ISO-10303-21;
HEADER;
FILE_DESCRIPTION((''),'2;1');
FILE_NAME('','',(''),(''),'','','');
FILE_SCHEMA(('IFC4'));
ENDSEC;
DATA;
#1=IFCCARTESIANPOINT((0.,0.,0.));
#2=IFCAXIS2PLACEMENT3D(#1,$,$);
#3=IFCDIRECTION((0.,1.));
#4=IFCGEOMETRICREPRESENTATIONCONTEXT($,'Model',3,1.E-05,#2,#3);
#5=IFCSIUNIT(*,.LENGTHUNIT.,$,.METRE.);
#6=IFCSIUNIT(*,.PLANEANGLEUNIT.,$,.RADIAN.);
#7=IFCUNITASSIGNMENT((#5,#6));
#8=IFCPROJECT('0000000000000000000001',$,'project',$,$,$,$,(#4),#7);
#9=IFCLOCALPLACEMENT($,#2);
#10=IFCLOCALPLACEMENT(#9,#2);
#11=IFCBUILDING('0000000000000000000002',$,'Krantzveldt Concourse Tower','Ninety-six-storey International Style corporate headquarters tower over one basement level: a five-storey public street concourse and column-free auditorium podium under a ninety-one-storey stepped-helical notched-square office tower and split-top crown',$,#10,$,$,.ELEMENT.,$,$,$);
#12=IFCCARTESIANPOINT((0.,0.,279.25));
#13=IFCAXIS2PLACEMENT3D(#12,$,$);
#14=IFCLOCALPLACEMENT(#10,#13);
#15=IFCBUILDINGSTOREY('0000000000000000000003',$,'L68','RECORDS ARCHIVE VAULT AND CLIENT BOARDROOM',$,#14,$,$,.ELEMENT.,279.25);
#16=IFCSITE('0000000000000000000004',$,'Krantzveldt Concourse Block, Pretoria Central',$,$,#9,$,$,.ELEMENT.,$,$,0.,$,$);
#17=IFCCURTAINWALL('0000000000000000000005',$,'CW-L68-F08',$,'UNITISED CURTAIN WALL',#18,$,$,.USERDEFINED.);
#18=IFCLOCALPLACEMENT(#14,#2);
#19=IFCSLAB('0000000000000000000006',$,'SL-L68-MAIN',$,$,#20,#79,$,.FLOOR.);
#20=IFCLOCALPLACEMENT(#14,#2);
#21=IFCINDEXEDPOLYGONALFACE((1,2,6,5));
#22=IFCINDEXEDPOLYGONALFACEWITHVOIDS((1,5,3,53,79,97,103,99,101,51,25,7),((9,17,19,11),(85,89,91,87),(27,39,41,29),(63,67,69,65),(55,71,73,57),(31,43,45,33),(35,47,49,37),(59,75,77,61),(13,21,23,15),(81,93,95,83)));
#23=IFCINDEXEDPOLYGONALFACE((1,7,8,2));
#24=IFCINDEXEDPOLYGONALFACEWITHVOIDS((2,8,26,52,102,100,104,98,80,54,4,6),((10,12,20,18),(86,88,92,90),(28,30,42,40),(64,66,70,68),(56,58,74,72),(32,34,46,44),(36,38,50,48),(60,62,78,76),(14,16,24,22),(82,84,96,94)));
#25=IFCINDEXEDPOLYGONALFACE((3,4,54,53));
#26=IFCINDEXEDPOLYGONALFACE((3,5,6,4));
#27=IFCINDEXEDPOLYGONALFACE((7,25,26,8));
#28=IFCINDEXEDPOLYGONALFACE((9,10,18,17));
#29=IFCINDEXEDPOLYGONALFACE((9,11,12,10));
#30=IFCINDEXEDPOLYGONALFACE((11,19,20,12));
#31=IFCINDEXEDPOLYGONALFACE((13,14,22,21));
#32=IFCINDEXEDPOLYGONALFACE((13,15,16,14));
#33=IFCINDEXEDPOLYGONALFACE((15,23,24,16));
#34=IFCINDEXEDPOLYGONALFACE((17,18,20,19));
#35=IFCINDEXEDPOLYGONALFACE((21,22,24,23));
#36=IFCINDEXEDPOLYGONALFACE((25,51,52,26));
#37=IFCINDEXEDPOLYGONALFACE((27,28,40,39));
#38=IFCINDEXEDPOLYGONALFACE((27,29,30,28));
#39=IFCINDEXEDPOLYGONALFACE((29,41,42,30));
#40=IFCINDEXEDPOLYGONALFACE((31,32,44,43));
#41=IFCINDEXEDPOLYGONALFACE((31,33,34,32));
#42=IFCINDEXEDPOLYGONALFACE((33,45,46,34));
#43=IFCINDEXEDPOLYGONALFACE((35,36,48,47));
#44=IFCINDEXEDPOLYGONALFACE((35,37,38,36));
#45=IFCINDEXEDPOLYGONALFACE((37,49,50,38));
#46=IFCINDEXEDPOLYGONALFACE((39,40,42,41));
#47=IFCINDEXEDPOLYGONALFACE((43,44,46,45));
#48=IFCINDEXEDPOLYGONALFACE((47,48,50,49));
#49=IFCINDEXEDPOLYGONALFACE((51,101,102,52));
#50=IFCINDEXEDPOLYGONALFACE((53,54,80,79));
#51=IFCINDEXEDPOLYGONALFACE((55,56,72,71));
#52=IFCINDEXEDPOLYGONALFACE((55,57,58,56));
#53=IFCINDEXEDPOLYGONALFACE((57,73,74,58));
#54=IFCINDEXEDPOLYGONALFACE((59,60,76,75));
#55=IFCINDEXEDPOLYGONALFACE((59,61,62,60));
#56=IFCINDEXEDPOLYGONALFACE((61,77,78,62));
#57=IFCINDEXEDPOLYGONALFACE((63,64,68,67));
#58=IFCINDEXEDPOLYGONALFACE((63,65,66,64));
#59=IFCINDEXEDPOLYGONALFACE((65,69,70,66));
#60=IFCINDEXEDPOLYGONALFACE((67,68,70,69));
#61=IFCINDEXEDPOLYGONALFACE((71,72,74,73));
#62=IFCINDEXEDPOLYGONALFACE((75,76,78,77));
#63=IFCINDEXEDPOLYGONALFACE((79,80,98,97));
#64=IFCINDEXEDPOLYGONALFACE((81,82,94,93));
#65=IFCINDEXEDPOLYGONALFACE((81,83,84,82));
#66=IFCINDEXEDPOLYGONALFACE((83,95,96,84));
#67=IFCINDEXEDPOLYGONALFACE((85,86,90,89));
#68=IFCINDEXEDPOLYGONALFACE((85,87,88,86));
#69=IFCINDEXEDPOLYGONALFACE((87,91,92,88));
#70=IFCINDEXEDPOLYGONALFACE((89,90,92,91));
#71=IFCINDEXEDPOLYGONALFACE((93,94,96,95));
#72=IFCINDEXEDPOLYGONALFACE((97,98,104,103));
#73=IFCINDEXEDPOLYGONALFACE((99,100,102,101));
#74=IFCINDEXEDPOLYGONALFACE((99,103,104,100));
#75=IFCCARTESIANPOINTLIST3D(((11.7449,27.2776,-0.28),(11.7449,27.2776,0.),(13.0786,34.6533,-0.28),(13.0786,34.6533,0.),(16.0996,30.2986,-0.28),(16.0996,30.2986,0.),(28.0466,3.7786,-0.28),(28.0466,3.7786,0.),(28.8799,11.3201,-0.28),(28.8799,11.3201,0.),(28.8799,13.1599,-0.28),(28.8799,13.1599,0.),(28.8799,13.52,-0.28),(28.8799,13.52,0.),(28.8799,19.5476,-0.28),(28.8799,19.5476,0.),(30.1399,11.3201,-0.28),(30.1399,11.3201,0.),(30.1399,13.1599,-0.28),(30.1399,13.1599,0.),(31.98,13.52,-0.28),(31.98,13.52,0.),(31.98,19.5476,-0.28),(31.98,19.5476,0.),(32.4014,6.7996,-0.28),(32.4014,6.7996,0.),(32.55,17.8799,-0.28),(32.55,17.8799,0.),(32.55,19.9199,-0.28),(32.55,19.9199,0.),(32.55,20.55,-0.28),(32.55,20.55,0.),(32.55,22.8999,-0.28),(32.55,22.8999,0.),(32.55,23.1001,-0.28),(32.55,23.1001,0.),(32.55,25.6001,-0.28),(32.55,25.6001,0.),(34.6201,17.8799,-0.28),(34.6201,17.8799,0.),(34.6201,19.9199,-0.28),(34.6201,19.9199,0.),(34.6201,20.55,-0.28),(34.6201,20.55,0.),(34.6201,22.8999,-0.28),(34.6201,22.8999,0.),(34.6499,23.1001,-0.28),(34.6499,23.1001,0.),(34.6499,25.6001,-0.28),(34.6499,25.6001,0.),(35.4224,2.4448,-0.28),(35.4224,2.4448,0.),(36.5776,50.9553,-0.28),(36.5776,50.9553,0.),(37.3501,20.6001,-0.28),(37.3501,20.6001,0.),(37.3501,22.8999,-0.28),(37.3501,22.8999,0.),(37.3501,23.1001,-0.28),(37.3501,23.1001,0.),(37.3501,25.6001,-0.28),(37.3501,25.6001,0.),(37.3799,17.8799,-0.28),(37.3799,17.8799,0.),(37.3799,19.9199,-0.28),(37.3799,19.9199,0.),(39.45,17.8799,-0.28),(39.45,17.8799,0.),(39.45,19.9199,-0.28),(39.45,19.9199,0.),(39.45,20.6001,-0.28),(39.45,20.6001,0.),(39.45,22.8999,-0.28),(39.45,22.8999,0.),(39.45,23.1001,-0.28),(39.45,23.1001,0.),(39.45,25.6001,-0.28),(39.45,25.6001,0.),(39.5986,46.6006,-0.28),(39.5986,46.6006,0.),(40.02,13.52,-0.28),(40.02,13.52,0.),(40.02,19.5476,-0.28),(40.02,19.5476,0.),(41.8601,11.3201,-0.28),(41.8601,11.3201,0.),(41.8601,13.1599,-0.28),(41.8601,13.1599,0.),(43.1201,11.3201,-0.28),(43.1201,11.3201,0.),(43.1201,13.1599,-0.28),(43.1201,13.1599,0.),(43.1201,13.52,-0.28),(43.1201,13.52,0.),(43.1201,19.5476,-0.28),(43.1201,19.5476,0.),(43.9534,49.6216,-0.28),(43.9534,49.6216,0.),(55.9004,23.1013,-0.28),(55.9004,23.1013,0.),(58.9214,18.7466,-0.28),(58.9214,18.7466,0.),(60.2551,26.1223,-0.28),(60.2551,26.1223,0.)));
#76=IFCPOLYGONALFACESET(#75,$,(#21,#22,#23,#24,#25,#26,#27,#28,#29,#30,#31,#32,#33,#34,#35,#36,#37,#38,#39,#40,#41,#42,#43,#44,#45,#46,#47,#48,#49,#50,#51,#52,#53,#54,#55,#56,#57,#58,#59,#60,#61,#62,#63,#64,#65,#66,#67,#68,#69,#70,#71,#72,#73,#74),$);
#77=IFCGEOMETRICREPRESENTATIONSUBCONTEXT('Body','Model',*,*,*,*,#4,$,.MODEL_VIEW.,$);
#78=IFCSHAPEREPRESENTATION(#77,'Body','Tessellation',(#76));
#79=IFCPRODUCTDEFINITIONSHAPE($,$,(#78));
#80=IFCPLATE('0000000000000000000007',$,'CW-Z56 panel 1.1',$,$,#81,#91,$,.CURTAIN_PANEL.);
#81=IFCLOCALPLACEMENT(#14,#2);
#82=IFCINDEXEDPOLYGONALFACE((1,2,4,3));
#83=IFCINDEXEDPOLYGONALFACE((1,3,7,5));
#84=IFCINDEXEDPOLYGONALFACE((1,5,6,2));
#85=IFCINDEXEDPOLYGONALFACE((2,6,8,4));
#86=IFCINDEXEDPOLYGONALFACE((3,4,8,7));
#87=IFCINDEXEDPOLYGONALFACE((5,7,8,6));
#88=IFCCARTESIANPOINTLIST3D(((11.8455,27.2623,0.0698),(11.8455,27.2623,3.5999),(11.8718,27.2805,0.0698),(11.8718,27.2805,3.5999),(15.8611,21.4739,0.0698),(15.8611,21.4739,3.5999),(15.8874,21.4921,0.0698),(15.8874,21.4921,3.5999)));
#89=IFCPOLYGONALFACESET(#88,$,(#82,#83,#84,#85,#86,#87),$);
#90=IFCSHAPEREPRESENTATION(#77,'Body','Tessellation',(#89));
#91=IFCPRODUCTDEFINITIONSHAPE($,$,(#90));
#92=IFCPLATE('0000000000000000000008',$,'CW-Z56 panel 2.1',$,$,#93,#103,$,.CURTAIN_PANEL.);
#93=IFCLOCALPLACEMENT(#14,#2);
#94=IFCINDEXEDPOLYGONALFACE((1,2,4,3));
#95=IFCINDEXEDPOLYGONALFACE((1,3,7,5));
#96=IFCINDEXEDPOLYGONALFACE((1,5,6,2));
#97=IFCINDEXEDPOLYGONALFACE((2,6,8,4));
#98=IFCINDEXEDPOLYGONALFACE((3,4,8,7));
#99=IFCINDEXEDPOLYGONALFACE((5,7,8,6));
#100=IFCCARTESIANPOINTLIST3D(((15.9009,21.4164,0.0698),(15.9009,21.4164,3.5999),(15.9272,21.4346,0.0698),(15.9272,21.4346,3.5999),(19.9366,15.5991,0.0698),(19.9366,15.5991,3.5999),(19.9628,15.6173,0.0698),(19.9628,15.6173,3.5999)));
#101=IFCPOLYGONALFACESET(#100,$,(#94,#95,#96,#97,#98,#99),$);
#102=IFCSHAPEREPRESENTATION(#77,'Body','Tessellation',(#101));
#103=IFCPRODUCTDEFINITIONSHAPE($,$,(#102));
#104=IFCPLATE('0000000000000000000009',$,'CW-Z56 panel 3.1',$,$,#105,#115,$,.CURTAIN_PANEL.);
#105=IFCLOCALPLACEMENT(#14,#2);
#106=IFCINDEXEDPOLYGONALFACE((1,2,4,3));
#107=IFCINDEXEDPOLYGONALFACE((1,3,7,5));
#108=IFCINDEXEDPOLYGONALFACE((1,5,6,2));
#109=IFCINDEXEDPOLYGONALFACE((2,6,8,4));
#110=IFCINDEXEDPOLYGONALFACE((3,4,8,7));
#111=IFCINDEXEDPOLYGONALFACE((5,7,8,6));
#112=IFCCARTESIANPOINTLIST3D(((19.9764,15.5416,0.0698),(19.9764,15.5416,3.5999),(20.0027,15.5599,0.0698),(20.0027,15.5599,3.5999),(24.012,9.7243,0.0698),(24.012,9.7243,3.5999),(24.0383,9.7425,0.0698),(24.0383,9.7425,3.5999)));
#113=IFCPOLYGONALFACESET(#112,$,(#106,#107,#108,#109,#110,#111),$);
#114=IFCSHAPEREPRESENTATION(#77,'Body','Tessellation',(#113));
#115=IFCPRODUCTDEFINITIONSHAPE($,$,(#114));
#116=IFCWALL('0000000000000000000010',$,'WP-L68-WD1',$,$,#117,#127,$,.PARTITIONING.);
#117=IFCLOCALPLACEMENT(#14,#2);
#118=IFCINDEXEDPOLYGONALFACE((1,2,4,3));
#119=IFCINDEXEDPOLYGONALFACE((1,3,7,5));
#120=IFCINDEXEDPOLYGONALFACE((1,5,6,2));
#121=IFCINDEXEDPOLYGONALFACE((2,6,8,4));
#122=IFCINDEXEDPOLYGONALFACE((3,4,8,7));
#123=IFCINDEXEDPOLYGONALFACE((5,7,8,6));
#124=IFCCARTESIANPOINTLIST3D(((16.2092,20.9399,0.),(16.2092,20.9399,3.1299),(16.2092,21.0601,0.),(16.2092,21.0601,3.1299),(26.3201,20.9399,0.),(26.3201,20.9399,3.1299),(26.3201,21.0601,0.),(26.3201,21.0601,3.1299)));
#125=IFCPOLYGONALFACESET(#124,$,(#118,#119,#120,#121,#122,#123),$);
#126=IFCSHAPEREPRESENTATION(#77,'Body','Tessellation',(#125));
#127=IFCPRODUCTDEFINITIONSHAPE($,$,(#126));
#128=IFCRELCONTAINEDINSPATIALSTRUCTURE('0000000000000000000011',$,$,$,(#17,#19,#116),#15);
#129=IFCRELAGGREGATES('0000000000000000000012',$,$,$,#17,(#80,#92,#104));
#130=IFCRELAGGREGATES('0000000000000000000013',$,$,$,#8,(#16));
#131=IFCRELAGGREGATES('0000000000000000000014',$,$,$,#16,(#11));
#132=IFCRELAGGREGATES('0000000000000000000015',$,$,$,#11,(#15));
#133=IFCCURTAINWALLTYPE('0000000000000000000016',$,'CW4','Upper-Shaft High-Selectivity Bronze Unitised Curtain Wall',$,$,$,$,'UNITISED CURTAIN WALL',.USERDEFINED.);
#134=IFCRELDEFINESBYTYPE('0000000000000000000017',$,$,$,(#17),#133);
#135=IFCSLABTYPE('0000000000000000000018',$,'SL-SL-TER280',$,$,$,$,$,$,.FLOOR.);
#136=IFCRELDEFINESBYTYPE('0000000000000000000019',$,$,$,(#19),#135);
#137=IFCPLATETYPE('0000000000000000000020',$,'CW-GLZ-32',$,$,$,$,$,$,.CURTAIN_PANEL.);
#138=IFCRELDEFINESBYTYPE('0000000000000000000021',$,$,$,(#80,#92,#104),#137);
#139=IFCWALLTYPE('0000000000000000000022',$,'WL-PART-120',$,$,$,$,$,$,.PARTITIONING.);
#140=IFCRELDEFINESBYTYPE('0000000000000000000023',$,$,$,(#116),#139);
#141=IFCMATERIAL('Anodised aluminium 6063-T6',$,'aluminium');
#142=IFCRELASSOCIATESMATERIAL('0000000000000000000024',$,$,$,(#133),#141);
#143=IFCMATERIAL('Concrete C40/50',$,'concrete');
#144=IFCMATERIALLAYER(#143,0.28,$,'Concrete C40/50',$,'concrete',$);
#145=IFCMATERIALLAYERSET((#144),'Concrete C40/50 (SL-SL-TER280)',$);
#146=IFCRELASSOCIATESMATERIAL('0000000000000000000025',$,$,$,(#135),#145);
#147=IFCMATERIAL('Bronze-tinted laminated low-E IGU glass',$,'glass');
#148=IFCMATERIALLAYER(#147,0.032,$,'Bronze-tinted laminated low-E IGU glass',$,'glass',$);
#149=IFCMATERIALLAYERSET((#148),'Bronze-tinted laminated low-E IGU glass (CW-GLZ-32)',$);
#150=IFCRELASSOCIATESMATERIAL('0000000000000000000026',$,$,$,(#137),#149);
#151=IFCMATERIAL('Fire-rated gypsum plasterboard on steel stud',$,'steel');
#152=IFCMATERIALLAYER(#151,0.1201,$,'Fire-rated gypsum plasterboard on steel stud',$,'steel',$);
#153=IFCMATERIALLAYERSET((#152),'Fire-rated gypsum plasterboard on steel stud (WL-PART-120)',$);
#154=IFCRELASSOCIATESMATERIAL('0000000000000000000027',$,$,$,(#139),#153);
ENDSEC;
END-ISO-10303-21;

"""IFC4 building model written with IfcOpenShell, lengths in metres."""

from ifc_helpers import new_model, si_unit, direction, frame, frame_2d, origin, origin_2d, place, context, subcontext, project, spatial, polyline, rectangle, outline, extrude, source, transform, mapped, material, layer, layer_set, type_object, type_shapes, element, aggregate, save


model = new_model("IFC4")

# Units and contexts
model_context = context("Model", 3, precision=1e-05, world=origin(), true_north=direction((0.0, 1.0)))
body_context = subcontext(model_context, "Body", "Model", "MODEL_VIEW")
ifc_project = project(units=[si_unit("LENGTHUNIT", "METRE"), si_unit("PLANEANGLEUNIT", "RADIAN")], contexts=[model_context])

# Site, building, storey
site_placement = place(None, origin())
site = spatial("IfcSite", under=ifc_project, at=site_placement, Name="Krantzveldt Concourse Block, Pretoria Central", CompositionType="ELEMENT", RefElevation=0.0)
building_placement = place(site_placement, origin())
building = spatial("IfcBuilding", under=site, at=building_placement, Name="Krantzveldt Concourse Tower", Description="Ninety-six-storey International Style corporate headquarters tower over one basement level: a five-storey public street concourse and column-free auditorium podium under a ninety-one-storey stepped-helical notched-square office tower and split-top crown", CompositionType="ELEMENT")
storey_placement = place(building_placement, frame((0.0, 0.0, 279.25)))
storey = spatial("IfcBuildingStorey", under=building, at=storey_placement, Name="L68", Description="RECORDS ARCHIVE VAULT AND CLIENT BOARDROOM", CompositionType="ELEMENT", Elevation=279.25)

# Curtain wall
ifc_material_1 = material(Name="Anodised aluminium 6063-T6", Category="aluminium")
curtain_wall_type = type_object("IfcCurtainWallType", Name="CW4", Description="Upper-Shaft High-Selectivity Bronze Unitised Curtain Wall", ElementType="UNITISED CURTAIN WALL", PredefinedType="USERDEFINED", material=ifc_material_1)
curtain_wall_placement = place(storey_placement, origin())
curtain_wall = element("IfcCurtainWall", 1, at=curtain_wall_placement, inside=storey, type_object=curtain_wall_type, Name="CW-L68-F08", ObjectType="UNITISED CURTAIN WALL", PredefinedType="USERDEFINED")

# Slab
ifc_material_2 = material(Name="Concrete C40/50", Category="concrete")
ifc_layer_1 = layer(ifc_material_2, 0.28, Name="Concrete C40/50", Category="concrete")
ifc_layer_set_1 = layer_set([ifc_layer_1], Name="Concrete C40/50 (SL-SL-TER280)")
slab_type_1 = type_object("IfcSlabType", Name="SL-SL-TER280", PredefinedType="FLOOR", material=ifc_layer_set_1)
slab_1_placement = place(storey_placement, frame((0.0, 0.0, -0.28)))
element("IfcSlab", 2, at=slab_1_placement, inside=storey, type_object=slab_type_1, Name="SL-L68-MAIN", PredefinedType="FLOOR", context=body_context, shape_type="SweptSolid", body=[
    extrude(outline(polyline([(39.5986, 46.6006), (36.5776, 50.9553), (13.0786, 34.6533), (16.0996, 30.2986), (11.7449, 27.2776), (28.0466, 3.7786), (32.4014, 6.7996), (35.4224, 2.4448), (58.9214, 18.7466), (55.9004, 23.1013), (60.2551, 26.1223), (43.9534, 49.6216), (39.5986, 46.6006)]), holes=[polyline([(28.8799, 19.5476), (28.8799, 13.52), (31.98, 13.52), (31.98, 19.5476), (28.8799, 19.5476)]), polyline([(40.02, 19.5476), (40.02, 13.52), (43.1201, 13.52), (43.1201, 19.5476), (40.02, 19.5476)]), polyline([(32.55, 23.1001), (34.6499, 23.1001), (34.6499, 25.6001), (32.55, 25.6001), (32.55, 23.1001)]), polyline([(37.3501, 23.1001), (39.45, 23.1001), (39.45, 25.6001), (37.3501, 25.6001), (37.3501, 23.1001)]), polyline([(37.3501, 20.6001), (39.45, 20.6001), (39.45, 22.8999), (37.3501, 22.8999), (37.3501, 20.6001)]), polyline([(32.55, 20.55), (34.6201, 20.55), (34.6201, 22.8999), (32.55, 22.8999), (32.55, 20.55)]), polyline([(32.55, 17.8799), (34.6201, 17.8799), (34.6201, 19.9199), (32.55, 19.9199), (32.55, 17.8799)]), polyline([(37.3799, 17.8799), (39.45, 17.8799), (39.45, 19.9199), (37.3799, 19.9199), (37.3799, 17.8799)]), polyline([(28.8799, 11.3201), (30.1399, 11.3201), (30.1399, 13.1599), (28.8799, 13.1599), (28.8799, 11.3201)]), polyline([(41.8601, 11.3201), (43.1201, 11.3201), (43.1201, 13.1599), (41.8601, 13.1599), (41.8601, 11.3201)])]), origin(), (0.0, 0.0, 1.0), 0.28),
])

# Plates
ifc_material_3 = material(Name="Bronze-tinted laminated low-E IGU glass", Category="glass")
ifc_layer_2 = layer(ifc_material_3, 0.032, Name="Bronze-tinted laminated low-E IGU glass", Category="glass")
ifc_layer_set_2 = layer_set([ifc_layer_2], Name="Bronze-tinted laminated low-E IGU glass (CW-GLZ-32)")
plate_type = type_object("IfcPlateType", Name="CW-GLZ-32", PredefinedType="CURTAIN_PANEL", material=ifc_layer_set_2)
shared_shape_1 = source(origin(), body_context, "Body", "SweptSolid", [
    extrude(rectangle(XDim=7.0449, YDim=0.032, at=origin_2d()), origin(), (0.0, 0.0, 1.0), 3.53),
])
plate_1_placement = place(storey_placement, frame((13.8665, 24.3772, 0.0698), z_axis=(0.0, 0.0, 1.0), x_axis=(0.569997, -0.821647, 0.0)))
plate_1 = element("IfcPlate", 3, at=plate_1_placement, type_object=plate_type, Name="CW-Z56 panel 1.1", PredefinedType="CURTAIN_PANEL", context=body_context, shape_type="MappedRepresentation", body=[
    mapped(shared_shape_1, transform((0.0, 0.0, 0.0), x_axis=(1.0, 0.0, 0.0), y_axis=(0.0, 1.0, 0.0), z_axis=(0.0, 0.0, 1.0), scale=1.0)),
])
shared_shape_2 = source(origin(), body_context, "Body", "SweptSolid", [
    extrude(rectangle(XDim=7.0801, YDim=0.032, at=origin_2d()), origin(), (0.0, 0.0, 1.0), 3.53),
])
type_shapes(plate_type, [shared_shape_1, shared_shape_2])
plate_2_placement = place(storey_placement, frame((17.9319, 18.5168, 0.0698), z_axis=(0.0, 0.0, 1.0), x_axis=(0.569997, -0.821647, 0.0)))
plate_2 = element("IfcPlate", 4, at=plate_2_placement, type_object=plate_type, Name="CW-Z56 panel 2.1", PredefinedType="CURTAIN_PANEL", context=body_context, shape_type="MappedRepresentation", body=[
    mapped(shared_shape_2, transform((0.0, 0.0, 0.0), x_axis=(1.0, 0.0, 0.0), y_axis=(0.0, 1.0, 0.0), z_axis=(0.0, 0.0, 1.0), scale=1.0)),
])
plate_3_placement = place(storey_placement, frame((22.0073, 12.6421, 0.0698), z_axis=(0.0, 0.0, 1.0), x_axis=(0.569997, -0.821647, 0.0)))
plate_3 = element("IfcPlate", 5, at=plate_3_placement, type_object=plate_type, Name="CW-Z56 panel 3.1", PredefinedType="CURTAIN_PANEL", context=body_context, shape_type="MappedRepresentation", body=[
    mapped(shared_shape_2, transform((0.0, 0.0, 0.0), x_axis=(1.0, 0.0, 0.0), y_axis=(0.0, 1.0, 0.0), z_axis=(0.0, 0.0, 1.0), scale=1.0)),
])
aggregate(curtain_wall, [plate_1, plate_2, plate_3])

# Wall
ifc_material_4 = material(Name="Fire-rated gypsum plasterboard on steel stud", Category="steel")
ifc_layer_3 = layer(ifc_material_4, 0.1201, Name="Fire-rated gypsum plasterboard on steel stud", Category="steel")
ifc_layer_set_3 = layer_set([ifc_layer_3], Name="Fire-rated gypsum plasterboard on steel stud (WL-PART-120)")
wall_type_1 = type_object("IfcWallType", Name="WL-PART-120", PredefinedType="PARTITIONING", material=ifc_layer_set_3)
wall_1_placement = place(storey_placement, frame((16.2092, 21.0, 0.0), z_axis=(0.0, 0.0, 1.0), x_axis=(1.0, 0.0, 0.0)))
element("IfcWall", 6, at=wall_1_placement, inside=storey, type_object=wall_type_1, Name="WP-L68-WD1", PredefinedType="PARTITIONING", context=body_context, shape_type="SweptSolid", body=[
    extrude(rectangle(XDim=10.1108, YDim=0.1201, at=frame_2d((5.0554, 0.0))), origin(), (0.0, 0.0, 1.0), 3.1299),
])

save(model, "model.ifc")
